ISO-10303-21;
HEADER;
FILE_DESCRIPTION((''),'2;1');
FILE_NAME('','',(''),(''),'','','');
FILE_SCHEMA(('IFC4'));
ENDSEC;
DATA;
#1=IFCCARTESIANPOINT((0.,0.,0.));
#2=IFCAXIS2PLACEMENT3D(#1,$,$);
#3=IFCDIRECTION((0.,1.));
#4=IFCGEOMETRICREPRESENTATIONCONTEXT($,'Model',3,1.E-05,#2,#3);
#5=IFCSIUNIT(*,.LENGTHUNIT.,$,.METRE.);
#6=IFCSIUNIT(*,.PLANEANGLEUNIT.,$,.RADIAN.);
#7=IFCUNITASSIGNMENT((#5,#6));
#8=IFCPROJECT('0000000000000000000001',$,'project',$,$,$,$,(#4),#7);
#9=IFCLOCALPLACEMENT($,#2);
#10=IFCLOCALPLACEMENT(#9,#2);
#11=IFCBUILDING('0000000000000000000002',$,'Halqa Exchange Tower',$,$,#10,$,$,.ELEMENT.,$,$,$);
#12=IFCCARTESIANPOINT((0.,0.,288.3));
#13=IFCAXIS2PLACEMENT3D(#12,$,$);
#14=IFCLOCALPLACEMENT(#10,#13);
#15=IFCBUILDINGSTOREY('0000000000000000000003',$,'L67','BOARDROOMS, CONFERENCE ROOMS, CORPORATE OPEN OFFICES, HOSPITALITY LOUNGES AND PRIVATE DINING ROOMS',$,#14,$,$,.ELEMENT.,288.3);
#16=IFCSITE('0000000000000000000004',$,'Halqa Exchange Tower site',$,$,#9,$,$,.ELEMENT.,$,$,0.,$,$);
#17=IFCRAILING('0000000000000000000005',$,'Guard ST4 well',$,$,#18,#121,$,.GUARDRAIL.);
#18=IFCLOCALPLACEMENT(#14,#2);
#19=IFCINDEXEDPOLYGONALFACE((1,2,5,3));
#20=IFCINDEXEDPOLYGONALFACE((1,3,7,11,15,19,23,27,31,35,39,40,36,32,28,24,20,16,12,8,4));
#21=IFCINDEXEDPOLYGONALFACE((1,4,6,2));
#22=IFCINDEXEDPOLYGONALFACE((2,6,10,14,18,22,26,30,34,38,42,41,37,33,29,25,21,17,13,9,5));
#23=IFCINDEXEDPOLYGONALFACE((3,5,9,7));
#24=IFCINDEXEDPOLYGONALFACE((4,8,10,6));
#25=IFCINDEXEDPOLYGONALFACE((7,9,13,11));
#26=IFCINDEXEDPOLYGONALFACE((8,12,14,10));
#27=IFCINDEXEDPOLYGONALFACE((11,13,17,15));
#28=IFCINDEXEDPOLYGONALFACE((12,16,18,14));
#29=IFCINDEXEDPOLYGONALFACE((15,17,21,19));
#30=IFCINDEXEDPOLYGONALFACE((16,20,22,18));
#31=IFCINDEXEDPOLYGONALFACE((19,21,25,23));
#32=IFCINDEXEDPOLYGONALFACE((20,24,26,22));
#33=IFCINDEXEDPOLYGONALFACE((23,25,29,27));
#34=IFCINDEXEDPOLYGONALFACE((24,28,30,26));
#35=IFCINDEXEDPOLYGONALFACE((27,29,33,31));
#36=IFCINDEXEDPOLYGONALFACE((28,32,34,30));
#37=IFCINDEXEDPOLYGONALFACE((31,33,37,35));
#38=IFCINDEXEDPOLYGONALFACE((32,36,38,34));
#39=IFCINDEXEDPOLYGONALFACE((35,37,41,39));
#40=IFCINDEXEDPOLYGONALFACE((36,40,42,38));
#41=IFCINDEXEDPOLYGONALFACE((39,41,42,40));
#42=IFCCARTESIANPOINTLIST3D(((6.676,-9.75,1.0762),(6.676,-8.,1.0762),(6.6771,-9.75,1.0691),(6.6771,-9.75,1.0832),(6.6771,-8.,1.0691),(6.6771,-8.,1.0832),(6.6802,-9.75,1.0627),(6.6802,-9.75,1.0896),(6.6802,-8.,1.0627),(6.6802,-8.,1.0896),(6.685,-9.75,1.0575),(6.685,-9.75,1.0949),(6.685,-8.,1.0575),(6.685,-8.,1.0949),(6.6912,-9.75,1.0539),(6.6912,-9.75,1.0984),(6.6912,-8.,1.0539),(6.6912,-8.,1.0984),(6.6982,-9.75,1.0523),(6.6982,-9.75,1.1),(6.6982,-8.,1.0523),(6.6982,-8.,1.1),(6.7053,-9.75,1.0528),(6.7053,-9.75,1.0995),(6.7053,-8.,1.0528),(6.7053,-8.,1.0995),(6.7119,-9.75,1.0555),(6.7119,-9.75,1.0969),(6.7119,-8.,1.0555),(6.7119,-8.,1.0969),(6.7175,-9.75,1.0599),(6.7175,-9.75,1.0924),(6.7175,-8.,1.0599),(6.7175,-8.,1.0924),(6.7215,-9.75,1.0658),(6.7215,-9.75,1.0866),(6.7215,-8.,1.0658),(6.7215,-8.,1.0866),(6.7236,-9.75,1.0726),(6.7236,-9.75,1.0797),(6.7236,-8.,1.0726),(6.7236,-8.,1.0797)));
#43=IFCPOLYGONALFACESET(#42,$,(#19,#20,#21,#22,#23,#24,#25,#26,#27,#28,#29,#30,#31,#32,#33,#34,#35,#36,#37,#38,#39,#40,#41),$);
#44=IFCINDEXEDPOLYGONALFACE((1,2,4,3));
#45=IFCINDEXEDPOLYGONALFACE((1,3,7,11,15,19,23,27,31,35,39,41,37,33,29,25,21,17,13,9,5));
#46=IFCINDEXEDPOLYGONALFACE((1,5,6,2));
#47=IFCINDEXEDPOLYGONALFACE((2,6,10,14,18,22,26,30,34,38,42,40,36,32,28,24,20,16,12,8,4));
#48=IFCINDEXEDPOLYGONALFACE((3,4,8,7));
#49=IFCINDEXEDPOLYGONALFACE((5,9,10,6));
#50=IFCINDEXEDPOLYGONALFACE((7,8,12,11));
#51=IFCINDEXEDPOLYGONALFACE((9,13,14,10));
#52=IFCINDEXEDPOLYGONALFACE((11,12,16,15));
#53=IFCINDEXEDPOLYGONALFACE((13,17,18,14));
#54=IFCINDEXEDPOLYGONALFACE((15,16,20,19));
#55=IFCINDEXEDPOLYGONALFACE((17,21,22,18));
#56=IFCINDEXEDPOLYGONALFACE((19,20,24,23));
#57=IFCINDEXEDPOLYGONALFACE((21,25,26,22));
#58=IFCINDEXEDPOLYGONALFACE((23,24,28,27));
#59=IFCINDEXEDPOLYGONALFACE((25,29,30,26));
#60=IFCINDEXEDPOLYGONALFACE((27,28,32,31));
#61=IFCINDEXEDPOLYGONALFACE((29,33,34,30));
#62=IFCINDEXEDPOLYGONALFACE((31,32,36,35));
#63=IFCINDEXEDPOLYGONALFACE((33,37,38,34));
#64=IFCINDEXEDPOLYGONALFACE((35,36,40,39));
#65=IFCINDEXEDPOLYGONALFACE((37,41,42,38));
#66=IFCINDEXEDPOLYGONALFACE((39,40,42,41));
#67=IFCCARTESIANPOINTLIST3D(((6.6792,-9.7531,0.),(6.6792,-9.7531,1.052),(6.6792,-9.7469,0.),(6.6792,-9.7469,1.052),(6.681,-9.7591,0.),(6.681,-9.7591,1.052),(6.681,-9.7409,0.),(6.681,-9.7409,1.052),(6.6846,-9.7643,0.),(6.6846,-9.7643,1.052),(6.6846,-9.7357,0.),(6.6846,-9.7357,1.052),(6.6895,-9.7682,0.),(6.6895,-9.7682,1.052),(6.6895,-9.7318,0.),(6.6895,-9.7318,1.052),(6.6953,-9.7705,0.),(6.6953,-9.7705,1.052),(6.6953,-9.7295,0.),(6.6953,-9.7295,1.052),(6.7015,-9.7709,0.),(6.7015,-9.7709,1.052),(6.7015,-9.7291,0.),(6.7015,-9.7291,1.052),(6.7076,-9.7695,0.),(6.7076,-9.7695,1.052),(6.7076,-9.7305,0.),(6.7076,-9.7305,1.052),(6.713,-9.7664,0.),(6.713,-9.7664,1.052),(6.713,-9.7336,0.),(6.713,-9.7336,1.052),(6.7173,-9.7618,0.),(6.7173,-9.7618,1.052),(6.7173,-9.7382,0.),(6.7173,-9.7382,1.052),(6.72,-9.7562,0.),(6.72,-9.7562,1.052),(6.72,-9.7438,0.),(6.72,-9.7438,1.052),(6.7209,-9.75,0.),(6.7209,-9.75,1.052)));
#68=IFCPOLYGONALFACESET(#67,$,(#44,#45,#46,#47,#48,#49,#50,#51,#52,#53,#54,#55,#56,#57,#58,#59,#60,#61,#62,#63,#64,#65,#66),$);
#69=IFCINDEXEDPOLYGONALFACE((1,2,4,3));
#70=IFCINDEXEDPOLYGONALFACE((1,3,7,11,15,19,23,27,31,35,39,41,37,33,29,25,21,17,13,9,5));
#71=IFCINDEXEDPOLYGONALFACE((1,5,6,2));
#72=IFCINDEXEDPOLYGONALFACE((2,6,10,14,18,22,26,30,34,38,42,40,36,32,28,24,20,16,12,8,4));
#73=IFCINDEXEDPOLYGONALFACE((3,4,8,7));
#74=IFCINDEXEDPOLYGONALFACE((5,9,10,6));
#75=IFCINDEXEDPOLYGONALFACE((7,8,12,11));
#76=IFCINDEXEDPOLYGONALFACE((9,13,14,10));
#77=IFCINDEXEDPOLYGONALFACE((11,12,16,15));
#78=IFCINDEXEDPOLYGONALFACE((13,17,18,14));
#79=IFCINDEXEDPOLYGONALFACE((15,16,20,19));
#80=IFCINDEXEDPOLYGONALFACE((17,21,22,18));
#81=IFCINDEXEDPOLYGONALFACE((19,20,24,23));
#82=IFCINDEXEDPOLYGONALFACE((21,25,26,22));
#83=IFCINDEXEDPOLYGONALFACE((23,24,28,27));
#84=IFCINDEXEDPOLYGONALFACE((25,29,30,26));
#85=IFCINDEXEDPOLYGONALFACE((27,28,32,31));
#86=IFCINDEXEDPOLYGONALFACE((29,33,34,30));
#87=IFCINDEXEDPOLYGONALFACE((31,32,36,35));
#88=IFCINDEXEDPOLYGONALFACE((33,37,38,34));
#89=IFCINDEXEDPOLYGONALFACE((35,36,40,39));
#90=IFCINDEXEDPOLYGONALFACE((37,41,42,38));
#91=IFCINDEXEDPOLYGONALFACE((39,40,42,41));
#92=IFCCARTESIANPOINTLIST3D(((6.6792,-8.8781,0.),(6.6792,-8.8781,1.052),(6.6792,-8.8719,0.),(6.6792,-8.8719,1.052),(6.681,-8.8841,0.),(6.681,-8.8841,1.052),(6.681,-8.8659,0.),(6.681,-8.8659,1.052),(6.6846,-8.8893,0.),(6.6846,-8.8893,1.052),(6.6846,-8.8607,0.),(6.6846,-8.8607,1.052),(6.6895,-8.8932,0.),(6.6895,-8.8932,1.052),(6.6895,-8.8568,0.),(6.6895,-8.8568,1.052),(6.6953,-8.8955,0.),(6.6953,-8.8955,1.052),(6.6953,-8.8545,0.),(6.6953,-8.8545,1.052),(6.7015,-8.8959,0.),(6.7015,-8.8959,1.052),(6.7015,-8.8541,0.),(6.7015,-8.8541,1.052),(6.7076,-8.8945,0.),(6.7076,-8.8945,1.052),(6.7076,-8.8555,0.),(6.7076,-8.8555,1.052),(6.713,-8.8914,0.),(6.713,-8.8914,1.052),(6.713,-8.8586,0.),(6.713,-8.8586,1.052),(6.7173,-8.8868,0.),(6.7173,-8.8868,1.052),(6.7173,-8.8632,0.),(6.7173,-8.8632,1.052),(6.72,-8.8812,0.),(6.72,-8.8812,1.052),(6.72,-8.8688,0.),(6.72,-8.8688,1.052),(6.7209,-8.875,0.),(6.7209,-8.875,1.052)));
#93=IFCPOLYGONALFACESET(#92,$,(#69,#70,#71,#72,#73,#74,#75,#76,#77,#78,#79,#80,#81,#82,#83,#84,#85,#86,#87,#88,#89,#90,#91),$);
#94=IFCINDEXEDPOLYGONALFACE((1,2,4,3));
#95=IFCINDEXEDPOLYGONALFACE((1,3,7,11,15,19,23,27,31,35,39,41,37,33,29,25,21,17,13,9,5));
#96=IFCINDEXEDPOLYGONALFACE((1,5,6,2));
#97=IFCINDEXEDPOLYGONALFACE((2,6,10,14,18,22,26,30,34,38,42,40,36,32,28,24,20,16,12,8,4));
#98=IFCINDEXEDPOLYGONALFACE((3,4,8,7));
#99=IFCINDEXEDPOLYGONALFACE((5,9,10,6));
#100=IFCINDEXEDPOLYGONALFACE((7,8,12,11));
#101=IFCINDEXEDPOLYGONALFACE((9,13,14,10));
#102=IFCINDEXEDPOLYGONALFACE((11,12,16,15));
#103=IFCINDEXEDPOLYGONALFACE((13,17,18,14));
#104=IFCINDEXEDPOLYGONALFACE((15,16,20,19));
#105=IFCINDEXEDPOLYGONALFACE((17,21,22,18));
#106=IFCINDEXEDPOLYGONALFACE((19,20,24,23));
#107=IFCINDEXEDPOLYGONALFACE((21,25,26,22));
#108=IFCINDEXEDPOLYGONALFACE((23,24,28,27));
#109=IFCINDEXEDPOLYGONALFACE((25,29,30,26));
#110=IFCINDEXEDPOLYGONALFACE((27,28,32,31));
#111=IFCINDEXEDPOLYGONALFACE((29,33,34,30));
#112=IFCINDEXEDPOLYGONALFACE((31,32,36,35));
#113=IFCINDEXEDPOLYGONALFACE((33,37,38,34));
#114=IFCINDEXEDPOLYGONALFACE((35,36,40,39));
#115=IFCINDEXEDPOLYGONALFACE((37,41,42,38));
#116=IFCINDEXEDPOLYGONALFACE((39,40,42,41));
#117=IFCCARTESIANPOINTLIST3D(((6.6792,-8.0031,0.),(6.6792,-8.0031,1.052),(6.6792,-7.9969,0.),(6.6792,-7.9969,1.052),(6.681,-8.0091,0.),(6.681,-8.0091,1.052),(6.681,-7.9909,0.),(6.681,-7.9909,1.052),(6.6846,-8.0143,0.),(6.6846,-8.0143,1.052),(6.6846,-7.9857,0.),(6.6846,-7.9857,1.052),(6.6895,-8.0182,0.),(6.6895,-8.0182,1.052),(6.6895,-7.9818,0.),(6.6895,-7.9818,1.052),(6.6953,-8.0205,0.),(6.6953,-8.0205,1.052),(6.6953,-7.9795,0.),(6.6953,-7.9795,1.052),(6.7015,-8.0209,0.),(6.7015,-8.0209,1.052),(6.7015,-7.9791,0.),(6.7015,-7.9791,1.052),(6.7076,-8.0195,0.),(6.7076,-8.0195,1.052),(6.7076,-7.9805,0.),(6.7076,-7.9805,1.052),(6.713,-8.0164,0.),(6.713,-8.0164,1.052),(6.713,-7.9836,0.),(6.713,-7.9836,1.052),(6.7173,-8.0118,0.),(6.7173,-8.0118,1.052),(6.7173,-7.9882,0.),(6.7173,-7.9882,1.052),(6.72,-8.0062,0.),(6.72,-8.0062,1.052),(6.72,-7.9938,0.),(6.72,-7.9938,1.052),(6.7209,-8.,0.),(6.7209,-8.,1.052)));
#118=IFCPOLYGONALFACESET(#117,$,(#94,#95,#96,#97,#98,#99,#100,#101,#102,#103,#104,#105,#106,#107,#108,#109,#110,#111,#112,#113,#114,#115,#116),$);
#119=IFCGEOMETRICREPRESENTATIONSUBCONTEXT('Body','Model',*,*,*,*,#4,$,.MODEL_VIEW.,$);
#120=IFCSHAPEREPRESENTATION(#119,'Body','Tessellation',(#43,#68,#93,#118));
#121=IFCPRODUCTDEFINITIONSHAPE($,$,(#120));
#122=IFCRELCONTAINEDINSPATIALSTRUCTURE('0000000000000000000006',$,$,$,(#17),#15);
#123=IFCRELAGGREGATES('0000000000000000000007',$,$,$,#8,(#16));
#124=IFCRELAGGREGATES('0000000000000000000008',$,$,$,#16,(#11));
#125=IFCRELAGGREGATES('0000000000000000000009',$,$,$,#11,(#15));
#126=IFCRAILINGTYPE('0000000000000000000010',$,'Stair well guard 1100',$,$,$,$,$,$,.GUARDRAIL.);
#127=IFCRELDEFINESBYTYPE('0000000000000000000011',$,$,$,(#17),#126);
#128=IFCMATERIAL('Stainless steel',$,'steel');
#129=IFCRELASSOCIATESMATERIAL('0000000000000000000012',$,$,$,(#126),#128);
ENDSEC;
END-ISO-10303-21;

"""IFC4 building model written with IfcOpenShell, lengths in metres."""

from ifc_helpers import new_model, si_unit, direction, frame, origin, origin_2d, place, context, subcontext, project, spatial, circle, extrude, material, type_object, element, save


model = new_model("IFC4")

# Units and contexts
model_context = context("Model", 3, precision=1e-05, world=origin(), true_north=direction((0.0, 1.0)))
body_context = subcontext(model_context, "Body", "Model", "MODEL_VIEW")
ifc_project = project(units=[si_unit("LENGTHUNIT", "METRE"), si_unit("PLANEANGLEUNIT", "RADIAN")], contexts=[model_context])

# Site, building, storey
site_placement = place(None, origin())
site = spatial("IfcSite", under=ifc_project, at=site_placement, Name="Halqa Exchange Tower site", CompositionType="ELEMENT", RefElevation=0.0)
building_placement = place(site_placement, origin())
building = spatial("IfcBuilding", under=site, at=building_placement, Name="Halqa Exchange Tower", CompositionType="ELEMENT")
storey_placement = place(building_placement, frame((0.0, 0.0, 288.3)))
storey = spatial("IfcBuildingStorey", under=building, at=storey_placement, Name="L67", Description="BOARDROOMS, CONFERENCE ROOMS, CORPORATE OPEN OFFICES, HOSPITALITY LOUNGES AND PRIVATE DINING ROOMS", CompositionType="ELEMENT", Elevation=288.3)

# Railing
ifc_material_1 = material(Name="Stainless steel", Category="steel")
railing_type_1 = type_object("IfcRailingType", Name="Stair well guard 1100", PredefinedType="GUARDRAIL", material=ifc_material_1)
railing_1_placement = place(storey_placement, frame((6.7, -9.75, 0.0)))
element("IfcRailing", 1, at=railing_1_placement, inside=storey, type_object=railing_type_1, Name="Guard ST4 well", PredefinedType="GUARDRAIL", context=body_context, shape_type="SweptSolid", body=[
    extrude(circle(Radius=0.0239, at=origin_2d()), frame((0.0, 0.0, 1.0762), z_axis=(0.0, 1.0, 0.0), x_axis=(-1.0, 0.0, 0.0)), (0.0, 0.0, 1.0), 1.75),
    extrude(circle(Radius=0.021, at=origin_2d()), origin(), (0.0, 0.0, 1.0), 1.052),
    extrude(circle(Radius=0.021, at=origin_2d()), frame((0.0, 0.875, 0.0)), (0.0, 0.0, 1.0), 1.052),
    extrude(circle(Radius=0.021, at=origin_2d()), frame((0.0, 1.75, 0.0)), (0.0, 0.0, 1.0), 1.052),
])

save(model, "model.ifc")
